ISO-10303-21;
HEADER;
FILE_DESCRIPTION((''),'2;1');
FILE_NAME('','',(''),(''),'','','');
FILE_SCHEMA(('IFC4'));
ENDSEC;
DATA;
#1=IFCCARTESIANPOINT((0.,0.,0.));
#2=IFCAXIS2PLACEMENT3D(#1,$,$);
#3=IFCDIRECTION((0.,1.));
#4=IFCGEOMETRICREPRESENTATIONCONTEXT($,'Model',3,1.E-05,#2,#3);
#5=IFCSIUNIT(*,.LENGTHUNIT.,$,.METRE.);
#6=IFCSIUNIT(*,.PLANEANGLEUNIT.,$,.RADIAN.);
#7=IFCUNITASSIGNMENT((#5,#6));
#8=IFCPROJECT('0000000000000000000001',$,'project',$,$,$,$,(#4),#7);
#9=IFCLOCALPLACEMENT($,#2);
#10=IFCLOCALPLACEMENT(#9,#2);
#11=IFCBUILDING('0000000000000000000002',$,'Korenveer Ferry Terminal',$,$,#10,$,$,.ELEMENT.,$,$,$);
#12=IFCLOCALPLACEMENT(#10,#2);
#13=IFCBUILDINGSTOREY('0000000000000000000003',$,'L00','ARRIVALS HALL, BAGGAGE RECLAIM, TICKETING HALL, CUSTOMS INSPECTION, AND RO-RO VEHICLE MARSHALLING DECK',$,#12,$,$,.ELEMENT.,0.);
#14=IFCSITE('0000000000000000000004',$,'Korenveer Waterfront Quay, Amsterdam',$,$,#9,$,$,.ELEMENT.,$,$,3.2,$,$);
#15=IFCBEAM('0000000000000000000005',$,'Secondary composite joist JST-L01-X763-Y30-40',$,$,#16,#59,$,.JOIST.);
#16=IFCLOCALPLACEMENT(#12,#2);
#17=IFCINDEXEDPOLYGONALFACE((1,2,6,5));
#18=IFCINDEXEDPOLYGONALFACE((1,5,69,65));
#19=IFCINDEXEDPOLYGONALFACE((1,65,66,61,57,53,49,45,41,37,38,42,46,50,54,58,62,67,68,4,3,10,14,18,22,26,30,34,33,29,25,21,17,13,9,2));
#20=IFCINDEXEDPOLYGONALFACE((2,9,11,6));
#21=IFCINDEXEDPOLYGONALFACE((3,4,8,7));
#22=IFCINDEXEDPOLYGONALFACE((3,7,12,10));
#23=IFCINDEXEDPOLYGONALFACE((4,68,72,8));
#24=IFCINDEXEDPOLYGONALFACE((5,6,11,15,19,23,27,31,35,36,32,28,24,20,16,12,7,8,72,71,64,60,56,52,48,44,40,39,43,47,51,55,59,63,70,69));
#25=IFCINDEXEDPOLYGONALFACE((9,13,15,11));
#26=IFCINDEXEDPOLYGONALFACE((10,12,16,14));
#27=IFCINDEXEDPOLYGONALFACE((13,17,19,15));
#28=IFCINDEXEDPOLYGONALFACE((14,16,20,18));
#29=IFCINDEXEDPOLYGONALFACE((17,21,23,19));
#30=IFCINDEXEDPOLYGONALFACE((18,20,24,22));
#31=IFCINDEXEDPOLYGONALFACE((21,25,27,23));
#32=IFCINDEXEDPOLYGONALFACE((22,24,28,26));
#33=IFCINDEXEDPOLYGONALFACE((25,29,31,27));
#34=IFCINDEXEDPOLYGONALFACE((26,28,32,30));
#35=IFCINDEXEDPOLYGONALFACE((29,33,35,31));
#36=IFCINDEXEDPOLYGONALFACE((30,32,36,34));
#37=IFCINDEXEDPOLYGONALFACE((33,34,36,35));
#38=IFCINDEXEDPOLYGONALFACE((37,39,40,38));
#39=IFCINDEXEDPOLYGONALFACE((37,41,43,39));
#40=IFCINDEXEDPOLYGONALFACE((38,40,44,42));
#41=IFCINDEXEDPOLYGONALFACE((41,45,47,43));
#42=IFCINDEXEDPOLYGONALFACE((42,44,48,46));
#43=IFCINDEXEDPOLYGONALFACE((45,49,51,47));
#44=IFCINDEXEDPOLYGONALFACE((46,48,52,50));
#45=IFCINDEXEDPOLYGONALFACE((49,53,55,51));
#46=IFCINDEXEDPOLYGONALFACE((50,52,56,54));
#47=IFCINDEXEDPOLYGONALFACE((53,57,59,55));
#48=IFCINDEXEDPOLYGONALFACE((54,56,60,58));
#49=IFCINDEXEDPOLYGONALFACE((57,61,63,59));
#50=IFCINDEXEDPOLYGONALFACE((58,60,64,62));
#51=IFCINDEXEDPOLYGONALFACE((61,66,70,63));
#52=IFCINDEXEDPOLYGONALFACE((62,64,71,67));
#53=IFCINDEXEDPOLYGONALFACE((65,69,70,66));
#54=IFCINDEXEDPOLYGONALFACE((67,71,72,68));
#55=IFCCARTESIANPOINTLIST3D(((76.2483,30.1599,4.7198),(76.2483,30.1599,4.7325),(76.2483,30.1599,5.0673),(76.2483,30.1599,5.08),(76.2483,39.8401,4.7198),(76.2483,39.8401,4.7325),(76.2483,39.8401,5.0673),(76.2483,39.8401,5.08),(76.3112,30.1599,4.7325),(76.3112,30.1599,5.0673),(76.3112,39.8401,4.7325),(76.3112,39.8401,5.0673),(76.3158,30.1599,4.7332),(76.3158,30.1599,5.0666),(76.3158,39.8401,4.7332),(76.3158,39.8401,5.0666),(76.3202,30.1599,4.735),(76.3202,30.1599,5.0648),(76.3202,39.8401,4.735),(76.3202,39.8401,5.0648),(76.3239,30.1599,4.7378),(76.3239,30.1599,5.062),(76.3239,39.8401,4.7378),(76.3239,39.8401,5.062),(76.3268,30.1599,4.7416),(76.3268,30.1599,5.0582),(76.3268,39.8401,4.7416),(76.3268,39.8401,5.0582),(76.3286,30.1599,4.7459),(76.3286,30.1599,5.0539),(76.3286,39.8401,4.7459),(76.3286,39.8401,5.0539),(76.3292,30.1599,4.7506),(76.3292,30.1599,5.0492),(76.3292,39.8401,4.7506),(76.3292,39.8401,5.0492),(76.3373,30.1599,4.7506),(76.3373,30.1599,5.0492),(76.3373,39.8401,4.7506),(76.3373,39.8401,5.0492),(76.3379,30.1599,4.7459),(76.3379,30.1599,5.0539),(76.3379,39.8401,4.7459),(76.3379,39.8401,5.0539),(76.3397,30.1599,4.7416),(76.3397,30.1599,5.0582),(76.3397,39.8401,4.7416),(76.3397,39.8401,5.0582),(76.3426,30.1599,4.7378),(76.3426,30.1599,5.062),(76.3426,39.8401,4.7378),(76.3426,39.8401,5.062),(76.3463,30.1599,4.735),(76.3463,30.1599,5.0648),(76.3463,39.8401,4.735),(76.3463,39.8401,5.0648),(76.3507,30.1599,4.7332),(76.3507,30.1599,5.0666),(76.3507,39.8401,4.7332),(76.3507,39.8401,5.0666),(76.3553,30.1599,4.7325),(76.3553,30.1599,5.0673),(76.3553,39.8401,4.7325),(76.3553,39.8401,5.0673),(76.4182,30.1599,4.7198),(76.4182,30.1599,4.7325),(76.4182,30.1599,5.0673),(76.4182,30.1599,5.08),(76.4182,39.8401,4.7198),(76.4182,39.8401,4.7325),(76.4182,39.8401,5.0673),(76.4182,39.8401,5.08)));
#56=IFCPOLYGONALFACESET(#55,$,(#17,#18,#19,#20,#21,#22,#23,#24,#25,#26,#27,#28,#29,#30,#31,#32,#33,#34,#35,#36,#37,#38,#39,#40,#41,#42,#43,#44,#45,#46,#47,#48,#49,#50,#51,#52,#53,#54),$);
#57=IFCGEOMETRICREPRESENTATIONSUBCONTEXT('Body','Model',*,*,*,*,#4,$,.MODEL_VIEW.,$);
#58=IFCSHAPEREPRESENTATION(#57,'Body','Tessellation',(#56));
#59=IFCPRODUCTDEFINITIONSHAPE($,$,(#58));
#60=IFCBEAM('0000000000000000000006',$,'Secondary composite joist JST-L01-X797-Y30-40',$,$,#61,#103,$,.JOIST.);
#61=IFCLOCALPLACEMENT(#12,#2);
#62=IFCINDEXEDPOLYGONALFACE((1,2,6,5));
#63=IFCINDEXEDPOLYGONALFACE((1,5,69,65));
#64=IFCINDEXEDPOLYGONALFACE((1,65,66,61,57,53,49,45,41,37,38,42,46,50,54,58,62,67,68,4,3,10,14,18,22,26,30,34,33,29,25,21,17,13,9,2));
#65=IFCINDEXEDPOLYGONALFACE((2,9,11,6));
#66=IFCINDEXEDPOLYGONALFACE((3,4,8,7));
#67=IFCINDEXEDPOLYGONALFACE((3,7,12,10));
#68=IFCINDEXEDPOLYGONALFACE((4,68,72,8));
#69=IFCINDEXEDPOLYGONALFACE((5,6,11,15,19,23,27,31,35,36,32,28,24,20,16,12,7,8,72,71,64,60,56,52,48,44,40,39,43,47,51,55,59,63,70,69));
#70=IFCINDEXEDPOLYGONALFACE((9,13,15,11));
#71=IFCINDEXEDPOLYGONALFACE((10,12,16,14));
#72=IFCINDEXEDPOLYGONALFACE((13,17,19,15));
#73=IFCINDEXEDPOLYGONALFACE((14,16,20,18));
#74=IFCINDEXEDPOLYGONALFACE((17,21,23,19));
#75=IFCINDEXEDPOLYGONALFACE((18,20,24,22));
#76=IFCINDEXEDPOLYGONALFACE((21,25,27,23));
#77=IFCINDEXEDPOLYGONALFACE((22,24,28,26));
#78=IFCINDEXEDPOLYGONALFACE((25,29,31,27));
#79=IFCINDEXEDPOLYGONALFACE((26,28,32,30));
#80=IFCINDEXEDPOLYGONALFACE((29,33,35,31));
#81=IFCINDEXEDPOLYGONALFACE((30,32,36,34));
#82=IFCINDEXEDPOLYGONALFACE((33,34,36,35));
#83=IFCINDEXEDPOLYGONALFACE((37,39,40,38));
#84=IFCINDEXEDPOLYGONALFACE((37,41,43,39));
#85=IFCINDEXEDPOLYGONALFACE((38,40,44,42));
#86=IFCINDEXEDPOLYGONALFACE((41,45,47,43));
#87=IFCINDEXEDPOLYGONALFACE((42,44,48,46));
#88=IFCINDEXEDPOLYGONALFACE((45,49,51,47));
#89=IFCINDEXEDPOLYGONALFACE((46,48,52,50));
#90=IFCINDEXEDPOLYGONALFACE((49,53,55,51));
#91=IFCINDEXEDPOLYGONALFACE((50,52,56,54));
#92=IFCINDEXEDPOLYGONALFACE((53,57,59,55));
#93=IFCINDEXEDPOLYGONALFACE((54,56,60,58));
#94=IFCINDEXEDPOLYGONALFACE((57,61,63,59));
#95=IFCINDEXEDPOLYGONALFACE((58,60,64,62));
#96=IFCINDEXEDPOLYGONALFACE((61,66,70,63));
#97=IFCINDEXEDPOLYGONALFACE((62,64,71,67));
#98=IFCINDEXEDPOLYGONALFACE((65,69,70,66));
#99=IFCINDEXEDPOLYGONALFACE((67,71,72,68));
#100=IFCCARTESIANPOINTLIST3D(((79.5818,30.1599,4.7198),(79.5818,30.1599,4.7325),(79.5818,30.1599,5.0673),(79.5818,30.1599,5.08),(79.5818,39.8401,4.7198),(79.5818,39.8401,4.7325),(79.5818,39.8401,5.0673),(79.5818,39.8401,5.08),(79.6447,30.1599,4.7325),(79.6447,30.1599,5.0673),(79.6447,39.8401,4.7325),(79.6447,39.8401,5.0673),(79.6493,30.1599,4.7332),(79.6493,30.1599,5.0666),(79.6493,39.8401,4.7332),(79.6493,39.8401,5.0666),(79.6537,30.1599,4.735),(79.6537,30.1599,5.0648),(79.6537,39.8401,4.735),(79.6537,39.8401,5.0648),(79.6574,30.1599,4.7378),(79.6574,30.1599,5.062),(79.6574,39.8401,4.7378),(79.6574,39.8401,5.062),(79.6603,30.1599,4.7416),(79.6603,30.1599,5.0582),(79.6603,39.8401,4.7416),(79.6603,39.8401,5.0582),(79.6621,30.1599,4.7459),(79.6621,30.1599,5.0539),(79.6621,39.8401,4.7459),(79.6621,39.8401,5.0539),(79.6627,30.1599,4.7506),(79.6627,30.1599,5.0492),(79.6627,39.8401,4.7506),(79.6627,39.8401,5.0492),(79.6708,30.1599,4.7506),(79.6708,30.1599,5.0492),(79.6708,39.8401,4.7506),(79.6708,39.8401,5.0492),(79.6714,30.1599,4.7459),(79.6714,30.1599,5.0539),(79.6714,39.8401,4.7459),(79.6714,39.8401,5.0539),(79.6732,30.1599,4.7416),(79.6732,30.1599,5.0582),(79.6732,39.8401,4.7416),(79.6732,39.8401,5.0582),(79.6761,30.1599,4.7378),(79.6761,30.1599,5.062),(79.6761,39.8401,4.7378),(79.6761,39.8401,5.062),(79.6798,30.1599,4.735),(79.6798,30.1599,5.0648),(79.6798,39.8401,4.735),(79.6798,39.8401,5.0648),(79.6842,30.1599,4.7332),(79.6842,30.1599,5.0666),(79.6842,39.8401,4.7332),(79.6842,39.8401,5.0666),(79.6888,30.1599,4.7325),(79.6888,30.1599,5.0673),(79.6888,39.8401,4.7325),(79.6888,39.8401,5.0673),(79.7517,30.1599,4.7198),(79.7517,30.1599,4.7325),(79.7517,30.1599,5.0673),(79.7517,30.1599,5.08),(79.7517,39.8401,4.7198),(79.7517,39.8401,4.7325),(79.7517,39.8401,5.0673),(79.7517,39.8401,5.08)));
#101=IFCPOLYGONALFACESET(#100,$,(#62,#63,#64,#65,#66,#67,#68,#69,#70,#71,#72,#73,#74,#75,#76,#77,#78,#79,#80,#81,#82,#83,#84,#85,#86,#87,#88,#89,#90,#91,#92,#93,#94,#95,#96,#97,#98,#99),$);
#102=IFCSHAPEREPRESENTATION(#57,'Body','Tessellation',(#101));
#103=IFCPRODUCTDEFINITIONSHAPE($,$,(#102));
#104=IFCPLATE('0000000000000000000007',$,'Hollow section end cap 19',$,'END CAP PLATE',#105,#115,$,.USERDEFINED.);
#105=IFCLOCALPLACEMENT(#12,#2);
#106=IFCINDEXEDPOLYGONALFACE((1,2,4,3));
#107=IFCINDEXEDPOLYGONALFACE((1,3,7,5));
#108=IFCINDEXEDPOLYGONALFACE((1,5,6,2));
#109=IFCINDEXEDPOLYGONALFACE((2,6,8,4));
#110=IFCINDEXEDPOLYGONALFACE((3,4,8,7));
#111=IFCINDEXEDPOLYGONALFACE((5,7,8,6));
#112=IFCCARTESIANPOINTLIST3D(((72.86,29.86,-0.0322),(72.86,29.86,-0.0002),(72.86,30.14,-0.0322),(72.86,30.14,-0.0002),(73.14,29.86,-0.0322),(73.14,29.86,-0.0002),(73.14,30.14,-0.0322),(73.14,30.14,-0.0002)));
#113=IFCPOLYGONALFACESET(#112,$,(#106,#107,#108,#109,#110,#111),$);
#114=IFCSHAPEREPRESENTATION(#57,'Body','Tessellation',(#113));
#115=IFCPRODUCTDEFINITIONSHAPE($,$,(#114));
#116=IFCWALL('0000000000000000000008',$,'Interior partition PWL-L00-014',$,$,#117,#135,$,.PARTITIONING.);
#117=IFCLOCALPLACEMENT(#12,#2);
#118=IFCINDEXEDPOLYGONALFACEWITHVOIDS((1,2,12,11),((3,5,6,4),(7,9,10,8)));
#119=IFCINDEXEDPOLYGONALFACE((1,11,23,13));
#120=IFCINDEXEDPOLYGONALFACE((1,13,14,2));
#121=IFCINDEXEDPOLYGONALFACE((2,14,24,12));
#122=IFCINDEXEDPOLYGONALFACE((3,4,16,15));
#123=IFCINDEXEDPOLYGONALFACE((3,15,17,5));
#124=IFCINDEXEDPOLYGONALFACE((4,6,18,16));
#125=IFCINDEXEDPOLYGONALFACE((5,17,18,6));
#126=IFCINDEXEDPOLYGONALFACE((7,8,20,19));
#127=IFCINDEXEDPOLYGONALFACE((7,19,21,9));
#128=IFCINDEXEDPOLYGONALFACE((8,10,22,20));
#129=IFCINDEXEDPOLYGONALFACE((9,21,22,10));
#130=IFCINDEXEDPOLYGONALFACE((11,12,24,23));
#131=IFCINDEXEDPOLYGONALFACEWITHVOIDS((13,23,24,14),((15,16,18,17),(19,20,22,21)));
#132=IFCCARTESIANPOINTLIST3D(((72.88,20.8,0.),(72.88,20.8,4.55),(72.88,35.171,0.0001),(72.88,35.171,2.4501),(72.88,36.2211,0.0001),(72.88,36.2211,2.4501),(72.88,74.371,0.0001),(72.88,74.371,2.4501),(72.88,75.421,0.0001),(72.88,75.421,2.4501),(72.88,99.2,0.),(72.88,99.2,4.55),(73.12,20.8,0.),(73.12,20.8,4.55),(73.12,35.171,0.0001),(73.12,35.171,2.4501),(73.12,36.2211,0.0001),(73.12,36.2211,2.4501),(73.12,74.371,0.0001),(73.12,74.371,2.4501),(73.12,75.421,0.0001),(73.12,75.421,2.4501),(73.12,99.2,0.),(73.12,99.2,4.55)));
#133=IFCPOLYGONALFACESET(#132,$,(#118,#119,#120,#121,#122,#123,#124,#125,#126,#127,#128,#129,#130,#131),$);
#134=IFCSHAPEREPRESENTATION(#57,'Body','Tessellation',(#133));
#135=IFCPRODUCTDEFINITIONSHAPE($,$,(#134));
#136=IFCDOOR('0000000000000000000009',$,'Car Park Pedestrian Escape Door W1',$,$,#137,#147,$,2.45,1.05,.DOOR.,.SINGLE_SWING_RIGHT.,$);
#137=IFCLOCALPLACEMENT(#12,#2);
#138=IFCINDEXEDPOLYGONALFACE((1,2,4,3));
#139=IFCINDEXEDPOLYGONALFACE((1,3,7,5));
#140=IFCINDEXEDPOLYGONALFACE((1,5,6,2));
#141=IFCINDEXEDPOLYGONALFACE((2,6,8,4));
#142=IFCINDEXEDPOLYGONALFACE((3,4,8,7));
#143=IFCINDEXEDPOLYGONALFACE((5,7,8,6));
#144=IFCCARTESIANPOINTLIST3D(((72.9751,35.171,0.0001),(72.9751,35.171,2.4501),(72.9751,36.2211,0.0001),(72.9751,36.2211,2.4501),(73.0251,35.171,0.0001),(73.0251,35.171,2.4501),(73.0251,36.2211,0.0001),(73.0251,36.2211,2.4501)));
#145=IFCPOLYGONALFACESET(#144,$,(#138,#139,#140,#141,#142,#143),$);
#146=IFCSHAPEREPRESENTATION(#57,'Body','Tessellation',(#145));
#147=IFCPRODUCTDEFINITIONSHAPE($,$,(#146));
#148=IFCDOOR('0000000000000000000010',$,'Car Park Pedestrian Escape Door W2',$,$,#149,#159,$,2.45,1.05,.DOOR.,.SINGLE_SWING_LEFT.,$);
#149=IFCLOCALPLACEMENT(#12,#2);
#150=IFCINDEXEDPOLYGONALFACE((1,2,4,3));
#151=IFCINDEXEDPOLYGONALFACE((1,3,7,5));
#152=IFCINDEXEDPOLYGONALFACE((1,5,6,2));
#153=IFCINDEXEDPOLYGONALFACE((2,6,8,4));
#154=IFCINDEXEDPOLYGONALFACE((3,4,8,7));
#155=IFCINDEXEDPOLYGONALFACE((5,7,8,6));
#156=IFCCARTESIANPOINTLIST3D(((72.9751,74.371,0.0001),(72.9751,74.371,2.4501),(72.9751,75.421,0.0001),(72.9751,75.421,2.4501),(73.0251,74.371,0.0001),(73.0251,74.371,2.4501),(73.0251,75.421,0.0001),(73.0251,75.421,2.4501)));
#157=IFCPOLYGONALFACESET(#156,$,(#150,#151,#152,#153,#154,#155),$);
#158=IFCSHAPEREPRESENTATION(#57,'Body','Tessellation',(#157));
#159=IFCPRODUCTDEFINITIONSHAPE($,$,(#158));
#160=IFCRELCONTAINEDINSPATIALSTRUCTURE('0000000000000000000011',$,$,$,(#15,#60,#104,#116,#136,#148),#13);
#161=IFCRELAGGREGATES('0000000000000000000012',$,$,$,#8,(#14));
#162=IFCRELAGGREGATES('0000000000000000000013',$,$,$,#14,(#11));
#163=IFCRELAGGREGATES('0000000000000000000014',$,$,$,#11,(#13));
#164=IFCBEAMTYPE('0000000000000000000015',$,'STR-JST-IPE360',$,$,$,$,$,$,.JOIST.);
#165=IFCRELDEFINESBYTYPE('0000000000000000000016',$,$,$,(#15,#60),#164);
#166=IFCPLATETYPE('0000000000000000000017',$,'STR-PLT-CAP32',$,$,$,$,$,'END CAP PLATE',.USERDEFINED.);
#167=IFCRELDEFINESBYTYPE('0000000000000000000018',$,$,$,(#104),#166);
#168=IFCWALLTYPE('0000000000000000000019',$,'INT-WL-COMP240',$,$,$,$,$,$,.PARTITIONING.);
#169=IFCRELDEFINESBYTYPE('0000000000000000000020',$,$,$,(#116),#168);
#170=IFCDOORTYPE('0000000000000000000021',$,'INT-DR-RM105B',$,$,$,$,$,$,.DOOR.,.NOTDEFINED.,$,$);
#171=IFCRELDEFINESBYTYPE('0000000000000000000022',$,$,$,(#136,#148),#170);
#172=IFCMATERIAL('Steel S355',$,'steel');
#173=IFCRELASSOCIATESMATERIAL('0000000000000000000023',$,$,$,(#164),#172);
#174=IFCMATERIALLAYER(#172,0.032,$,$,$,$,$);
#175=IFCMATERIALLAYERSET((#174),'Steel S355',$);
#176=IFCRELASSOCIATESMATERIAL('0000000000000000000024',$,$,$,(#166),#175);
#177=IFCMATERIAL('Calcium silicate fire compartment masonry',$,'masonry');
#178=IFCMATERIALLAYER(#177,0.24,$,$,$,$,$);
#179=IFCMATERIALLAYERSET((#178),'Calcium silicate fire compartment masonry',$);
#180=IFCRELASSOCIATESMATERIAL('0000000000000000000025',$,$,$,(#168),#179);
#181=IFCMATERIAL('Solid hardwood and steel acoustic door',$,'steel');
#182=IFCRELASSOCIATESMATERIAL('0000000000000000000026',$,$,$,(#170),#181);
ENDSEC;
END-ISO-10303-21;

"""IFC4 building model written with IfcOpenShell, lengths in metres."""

from ifc_helpers import new_model, si_unit, direction, frame, frame_2d, origin, origin_2d, place, context, subcontext, project, spatial, rectangle, i_section, extrude, material, layer, layer_set, material_profile, profile_set, type_object, element, fill, save


model = new_model("IFC4")

# Units and contexts
model_context = context("Model", 3, precision=1e-05, world=origin(), true_north=direction((0.0, 1.0)))
body_context = subcontext(model_context, "Body", "Model", "MODEL_VIEW")
ifc_project = project(units=[si_unit("LENGTHUNIT", "METRE"), si_unit("PLANEANGLEUNIT", "RADIAN")], contexts=[model_context])

# Site, building, storey
site_placement = place(None, origin())
site = spatial("IfcSite", under=ifc_project, at=site_placement, Name="Korenveer Waterfront Quay, Amsterdam", CompositionType="ELEMENT", RefElevation=3.2)
building_placement = place(site_placement, origin())
building = spatial("IfcBuilding", under=site, at=building_placement, Name="Korenveer Ferry Terminal", CompositionType="ELEMENT")
storey_placement = place(building_placement, origin())
storey = spatial("IfcBuildingStorey", under=building, at=storey_placement, Name="L00", Description="ARRIVALS HALL, BAGGAGE RECLAIM, TICKETING HALL, CUSTOMS INSPECTION, AND RO-RO VEHICLE MARSHALLING DECK", CompositionType="ELEMENT", Elevation=0.0)

# Shared definitions
ifc_material_1 = material(Name="Steel S355", Category="steel")

# Beams
ifc_material_profile_1 = material_profile(ifc_material_1, i_section(OverallWidth=0.1699, OverallDepth=0.3601, WebThickness=0.0081, FlangeThickness=0.0127, FilletRadius=0.0181, at=origin_2d()), Name="IPE 360")
ifc_profile_set_1 = profile_set([ifc_material_profile_1], Name="Steel S355")
beam_type_1 = type_object("IfcBeamType", Name="STR-JST-IPE360", PredefinedType="JOIST", material=ifc_profile_set_1)
for number, where, z_axis, x_axis, name in (
    (1, (76.3333, 30.1599, 4.8999), (0.0, 1.0, 0.0), (-1.0, 0.0, 0.0), "Secondary composite joist JST-L01-X763-Y30-40"),
    (2, (79.6667, 30.1599, 4.8999), (0.0, 1.0, 0.0), (-1.0, 0.0, 0.0), "Secondary composite joist JST-L01-X797-Y30-40"),
):
    element("IfcBeam", number, at=place(storey_placement, frame(where, z_axis=z_axis, x_axis=x_axis)), inside=storey, type_object=beam_type_1, Name=name, PredefinedType="JOIST", context=body_context, shape_type="SweptSolid", body=[
        extrude(i_section(OverallWidth=0.1699, OverallDepth=0.3601, WebThickness=0.0081, FlangeThickness=0.0127, FilletRadius=0.0181, at=origin_2d()), origin(), (0.0, 0.0, 1.0), 9.6802),
    ])

# Plate
ifc_layer_1 = layer(ifc_material_1, 0.032)
ifc_layer_set_1 = layer_set([ifc_layer_1], Name="Steel S355")
plate_type = type_object("IfcPlateType", Name="STR-PLT-CAP32", ElementType="END CAP PLATE", PredefinedType="USERDEFINED", material=ifc_layer_set_1)
plate_placement = place(storey_placement, frame((73.0, 30.0, -0.0322), z_axis=(0.0, 0.0, 1.0), x_axis=(1.0, 0.0, 0.0)))
element("IfcPlate", 3, at=plate_placement, inside=storey, type_object=plate_type, Name="Hollow section end cap 19", ObjectType="END CAP PLATE", PredefinedType="USERDEFINED", context=body_context, shape_type="SweptSolid", body=[
    extrude(rectangle(XDim=0.28, YDim=0.28, at=origin_2d()), origin(), (0.0, 0.0, 1.0), 0.032),
])

# Wall, openings, doors
ifc_material_2 = material(Name="Calcium silicate fire compartment masonry", Category="masonry")
ifc_layer_2 = layer(ifc_material_2, 0.24)
ifc_layer_set_2 = layer_set([ifc_layer_2], Name="Calcium silicate fire compartment masonry")
wall_type_1 = type_object("IfcWallType", Name="INT-WL-COMP240", PredefinedType="PARTITIONING", material=ifc_layer_set_2)
wall_1_placement = place(storey_placement, frame((73.0, 20.8, 0.0), z_axis=(0.0, 0.0, 1.0), x_axis=(0.0, 1.0, 0.0)))
wall_1 = element("IfcWall", 4, at=wall_1_placement, inside=storey, type_object=wall_type_1, Name="Interior partition PWL-L00-014", PredefinedType="PARTITIONING", context=body_context, shape_type="SweptSolid", body=[
    extrude(rectangle(XDim=78.3999, YDim=0.24, at=frame_2d((39.2, 0.0))), origin(), (0.0, 0.0, 1.0), 4.55),
])
opening_1_placement = place(wall_1_placement, frame((14.3711, 0.0, 0.0)))
opening_1 = element("IfcOpeningElement", 5, at=opening_1_placement, cuts=wall_1, PredefinedType="OPENING", context=body_context, shape_type="SweptSolid", body=[
    extrude(rectangle(XDim=1.05, YDim=2.45, at=frame_2d((0.5249, 1.2251))), frame((0.0, 0.1299, 0.0), z_axis=(0.0, -1.0, 0.0), x_axis=(1.0, 0.0, 0.0)), (0.0, 0.0, 1.0), 0.26),
])
opening_2_placement = place(wall_1_placement, frame((53.571, 0.0, 0.0)))
opening_2 = element("IfcOpeningElement", 6, at=opening_2_placement, cuts=wall_1, PredefinedType="OPENING", context=body_context, shape_type="SweptSolid", body=[
    extrude(rectangle(XDim=1.05, YDim=2.45, at=frame_2d((0.5249, 1.2251))), frame((0.0, 0.1299, 0.0), z_axis=(0.0, -1.0, 0.0), x_axis=(1.0, 0.0, 0.0)), (0.0, 0.0, 1.0), 0.26),
])
ifc_material_3 = material(Name="Solid hardwood and steel acoustic door", Category="steel")
door_type_1 = type_object("IfcDoorType", Name="INT-DR-RM105B", OperationType="NOTDEFINED", PredefinedType="DOOR", material=ifc_material_3)
door_1_placement = place(opening_1_placement, origin())
door_1 = element("IfcDoor", 7, at=door_1_placement, inside=storey, type_object=door_type_1, Name="Car Park Pedestrian Escape Door W1", OperationType="SINGLE_SWING_RIGHT", OverallHeight=2.45, OverallWidth=1.05, PredefinedType="DOOR", context=body_context, shape_type="SweptSolid", body=[
    extrude(rectangle(XDim=1.05, YDim=2.45, at=frame_2d((0.5249, 1.2251))), frame((0.0, 0.0249, 0.0), z_axis=(0.0, -1.0, 0.0), x_axis=(1.0, 0.0, 0.0)), (0.0, 0.0, 1.0), 0.05),
])
fill(opening_1, door_1)
door_2_placement = place(opening_2_placement, origin())
door_2 = element("IfcDoor", 8, at=door_2_placement, inside=storey, type_object=door_type_1, Name="Car Park Pedestrian Escape Door W2", OperationType="SINGLE_SWING_LEFT", OverallHeight=2.45, OverallWidth=1.05, PredefinedType="DOOR", context=body_context, shape_type="SweptSolid", body=[
    extrude(rectangle(XDim=1.05, YDim=2.45, at=frame_2d((0.5249, 1.2251))), frame((0.0, 0.0249, 0.0), z_axis=(0.0, -1.0, 0.0), x_axis=(1.0, 0.0, 0.0)), (0.0, 0.0, 1.0), 0.05),
])
fill(opening_2, door_2)

save(model, "model.ifc")
